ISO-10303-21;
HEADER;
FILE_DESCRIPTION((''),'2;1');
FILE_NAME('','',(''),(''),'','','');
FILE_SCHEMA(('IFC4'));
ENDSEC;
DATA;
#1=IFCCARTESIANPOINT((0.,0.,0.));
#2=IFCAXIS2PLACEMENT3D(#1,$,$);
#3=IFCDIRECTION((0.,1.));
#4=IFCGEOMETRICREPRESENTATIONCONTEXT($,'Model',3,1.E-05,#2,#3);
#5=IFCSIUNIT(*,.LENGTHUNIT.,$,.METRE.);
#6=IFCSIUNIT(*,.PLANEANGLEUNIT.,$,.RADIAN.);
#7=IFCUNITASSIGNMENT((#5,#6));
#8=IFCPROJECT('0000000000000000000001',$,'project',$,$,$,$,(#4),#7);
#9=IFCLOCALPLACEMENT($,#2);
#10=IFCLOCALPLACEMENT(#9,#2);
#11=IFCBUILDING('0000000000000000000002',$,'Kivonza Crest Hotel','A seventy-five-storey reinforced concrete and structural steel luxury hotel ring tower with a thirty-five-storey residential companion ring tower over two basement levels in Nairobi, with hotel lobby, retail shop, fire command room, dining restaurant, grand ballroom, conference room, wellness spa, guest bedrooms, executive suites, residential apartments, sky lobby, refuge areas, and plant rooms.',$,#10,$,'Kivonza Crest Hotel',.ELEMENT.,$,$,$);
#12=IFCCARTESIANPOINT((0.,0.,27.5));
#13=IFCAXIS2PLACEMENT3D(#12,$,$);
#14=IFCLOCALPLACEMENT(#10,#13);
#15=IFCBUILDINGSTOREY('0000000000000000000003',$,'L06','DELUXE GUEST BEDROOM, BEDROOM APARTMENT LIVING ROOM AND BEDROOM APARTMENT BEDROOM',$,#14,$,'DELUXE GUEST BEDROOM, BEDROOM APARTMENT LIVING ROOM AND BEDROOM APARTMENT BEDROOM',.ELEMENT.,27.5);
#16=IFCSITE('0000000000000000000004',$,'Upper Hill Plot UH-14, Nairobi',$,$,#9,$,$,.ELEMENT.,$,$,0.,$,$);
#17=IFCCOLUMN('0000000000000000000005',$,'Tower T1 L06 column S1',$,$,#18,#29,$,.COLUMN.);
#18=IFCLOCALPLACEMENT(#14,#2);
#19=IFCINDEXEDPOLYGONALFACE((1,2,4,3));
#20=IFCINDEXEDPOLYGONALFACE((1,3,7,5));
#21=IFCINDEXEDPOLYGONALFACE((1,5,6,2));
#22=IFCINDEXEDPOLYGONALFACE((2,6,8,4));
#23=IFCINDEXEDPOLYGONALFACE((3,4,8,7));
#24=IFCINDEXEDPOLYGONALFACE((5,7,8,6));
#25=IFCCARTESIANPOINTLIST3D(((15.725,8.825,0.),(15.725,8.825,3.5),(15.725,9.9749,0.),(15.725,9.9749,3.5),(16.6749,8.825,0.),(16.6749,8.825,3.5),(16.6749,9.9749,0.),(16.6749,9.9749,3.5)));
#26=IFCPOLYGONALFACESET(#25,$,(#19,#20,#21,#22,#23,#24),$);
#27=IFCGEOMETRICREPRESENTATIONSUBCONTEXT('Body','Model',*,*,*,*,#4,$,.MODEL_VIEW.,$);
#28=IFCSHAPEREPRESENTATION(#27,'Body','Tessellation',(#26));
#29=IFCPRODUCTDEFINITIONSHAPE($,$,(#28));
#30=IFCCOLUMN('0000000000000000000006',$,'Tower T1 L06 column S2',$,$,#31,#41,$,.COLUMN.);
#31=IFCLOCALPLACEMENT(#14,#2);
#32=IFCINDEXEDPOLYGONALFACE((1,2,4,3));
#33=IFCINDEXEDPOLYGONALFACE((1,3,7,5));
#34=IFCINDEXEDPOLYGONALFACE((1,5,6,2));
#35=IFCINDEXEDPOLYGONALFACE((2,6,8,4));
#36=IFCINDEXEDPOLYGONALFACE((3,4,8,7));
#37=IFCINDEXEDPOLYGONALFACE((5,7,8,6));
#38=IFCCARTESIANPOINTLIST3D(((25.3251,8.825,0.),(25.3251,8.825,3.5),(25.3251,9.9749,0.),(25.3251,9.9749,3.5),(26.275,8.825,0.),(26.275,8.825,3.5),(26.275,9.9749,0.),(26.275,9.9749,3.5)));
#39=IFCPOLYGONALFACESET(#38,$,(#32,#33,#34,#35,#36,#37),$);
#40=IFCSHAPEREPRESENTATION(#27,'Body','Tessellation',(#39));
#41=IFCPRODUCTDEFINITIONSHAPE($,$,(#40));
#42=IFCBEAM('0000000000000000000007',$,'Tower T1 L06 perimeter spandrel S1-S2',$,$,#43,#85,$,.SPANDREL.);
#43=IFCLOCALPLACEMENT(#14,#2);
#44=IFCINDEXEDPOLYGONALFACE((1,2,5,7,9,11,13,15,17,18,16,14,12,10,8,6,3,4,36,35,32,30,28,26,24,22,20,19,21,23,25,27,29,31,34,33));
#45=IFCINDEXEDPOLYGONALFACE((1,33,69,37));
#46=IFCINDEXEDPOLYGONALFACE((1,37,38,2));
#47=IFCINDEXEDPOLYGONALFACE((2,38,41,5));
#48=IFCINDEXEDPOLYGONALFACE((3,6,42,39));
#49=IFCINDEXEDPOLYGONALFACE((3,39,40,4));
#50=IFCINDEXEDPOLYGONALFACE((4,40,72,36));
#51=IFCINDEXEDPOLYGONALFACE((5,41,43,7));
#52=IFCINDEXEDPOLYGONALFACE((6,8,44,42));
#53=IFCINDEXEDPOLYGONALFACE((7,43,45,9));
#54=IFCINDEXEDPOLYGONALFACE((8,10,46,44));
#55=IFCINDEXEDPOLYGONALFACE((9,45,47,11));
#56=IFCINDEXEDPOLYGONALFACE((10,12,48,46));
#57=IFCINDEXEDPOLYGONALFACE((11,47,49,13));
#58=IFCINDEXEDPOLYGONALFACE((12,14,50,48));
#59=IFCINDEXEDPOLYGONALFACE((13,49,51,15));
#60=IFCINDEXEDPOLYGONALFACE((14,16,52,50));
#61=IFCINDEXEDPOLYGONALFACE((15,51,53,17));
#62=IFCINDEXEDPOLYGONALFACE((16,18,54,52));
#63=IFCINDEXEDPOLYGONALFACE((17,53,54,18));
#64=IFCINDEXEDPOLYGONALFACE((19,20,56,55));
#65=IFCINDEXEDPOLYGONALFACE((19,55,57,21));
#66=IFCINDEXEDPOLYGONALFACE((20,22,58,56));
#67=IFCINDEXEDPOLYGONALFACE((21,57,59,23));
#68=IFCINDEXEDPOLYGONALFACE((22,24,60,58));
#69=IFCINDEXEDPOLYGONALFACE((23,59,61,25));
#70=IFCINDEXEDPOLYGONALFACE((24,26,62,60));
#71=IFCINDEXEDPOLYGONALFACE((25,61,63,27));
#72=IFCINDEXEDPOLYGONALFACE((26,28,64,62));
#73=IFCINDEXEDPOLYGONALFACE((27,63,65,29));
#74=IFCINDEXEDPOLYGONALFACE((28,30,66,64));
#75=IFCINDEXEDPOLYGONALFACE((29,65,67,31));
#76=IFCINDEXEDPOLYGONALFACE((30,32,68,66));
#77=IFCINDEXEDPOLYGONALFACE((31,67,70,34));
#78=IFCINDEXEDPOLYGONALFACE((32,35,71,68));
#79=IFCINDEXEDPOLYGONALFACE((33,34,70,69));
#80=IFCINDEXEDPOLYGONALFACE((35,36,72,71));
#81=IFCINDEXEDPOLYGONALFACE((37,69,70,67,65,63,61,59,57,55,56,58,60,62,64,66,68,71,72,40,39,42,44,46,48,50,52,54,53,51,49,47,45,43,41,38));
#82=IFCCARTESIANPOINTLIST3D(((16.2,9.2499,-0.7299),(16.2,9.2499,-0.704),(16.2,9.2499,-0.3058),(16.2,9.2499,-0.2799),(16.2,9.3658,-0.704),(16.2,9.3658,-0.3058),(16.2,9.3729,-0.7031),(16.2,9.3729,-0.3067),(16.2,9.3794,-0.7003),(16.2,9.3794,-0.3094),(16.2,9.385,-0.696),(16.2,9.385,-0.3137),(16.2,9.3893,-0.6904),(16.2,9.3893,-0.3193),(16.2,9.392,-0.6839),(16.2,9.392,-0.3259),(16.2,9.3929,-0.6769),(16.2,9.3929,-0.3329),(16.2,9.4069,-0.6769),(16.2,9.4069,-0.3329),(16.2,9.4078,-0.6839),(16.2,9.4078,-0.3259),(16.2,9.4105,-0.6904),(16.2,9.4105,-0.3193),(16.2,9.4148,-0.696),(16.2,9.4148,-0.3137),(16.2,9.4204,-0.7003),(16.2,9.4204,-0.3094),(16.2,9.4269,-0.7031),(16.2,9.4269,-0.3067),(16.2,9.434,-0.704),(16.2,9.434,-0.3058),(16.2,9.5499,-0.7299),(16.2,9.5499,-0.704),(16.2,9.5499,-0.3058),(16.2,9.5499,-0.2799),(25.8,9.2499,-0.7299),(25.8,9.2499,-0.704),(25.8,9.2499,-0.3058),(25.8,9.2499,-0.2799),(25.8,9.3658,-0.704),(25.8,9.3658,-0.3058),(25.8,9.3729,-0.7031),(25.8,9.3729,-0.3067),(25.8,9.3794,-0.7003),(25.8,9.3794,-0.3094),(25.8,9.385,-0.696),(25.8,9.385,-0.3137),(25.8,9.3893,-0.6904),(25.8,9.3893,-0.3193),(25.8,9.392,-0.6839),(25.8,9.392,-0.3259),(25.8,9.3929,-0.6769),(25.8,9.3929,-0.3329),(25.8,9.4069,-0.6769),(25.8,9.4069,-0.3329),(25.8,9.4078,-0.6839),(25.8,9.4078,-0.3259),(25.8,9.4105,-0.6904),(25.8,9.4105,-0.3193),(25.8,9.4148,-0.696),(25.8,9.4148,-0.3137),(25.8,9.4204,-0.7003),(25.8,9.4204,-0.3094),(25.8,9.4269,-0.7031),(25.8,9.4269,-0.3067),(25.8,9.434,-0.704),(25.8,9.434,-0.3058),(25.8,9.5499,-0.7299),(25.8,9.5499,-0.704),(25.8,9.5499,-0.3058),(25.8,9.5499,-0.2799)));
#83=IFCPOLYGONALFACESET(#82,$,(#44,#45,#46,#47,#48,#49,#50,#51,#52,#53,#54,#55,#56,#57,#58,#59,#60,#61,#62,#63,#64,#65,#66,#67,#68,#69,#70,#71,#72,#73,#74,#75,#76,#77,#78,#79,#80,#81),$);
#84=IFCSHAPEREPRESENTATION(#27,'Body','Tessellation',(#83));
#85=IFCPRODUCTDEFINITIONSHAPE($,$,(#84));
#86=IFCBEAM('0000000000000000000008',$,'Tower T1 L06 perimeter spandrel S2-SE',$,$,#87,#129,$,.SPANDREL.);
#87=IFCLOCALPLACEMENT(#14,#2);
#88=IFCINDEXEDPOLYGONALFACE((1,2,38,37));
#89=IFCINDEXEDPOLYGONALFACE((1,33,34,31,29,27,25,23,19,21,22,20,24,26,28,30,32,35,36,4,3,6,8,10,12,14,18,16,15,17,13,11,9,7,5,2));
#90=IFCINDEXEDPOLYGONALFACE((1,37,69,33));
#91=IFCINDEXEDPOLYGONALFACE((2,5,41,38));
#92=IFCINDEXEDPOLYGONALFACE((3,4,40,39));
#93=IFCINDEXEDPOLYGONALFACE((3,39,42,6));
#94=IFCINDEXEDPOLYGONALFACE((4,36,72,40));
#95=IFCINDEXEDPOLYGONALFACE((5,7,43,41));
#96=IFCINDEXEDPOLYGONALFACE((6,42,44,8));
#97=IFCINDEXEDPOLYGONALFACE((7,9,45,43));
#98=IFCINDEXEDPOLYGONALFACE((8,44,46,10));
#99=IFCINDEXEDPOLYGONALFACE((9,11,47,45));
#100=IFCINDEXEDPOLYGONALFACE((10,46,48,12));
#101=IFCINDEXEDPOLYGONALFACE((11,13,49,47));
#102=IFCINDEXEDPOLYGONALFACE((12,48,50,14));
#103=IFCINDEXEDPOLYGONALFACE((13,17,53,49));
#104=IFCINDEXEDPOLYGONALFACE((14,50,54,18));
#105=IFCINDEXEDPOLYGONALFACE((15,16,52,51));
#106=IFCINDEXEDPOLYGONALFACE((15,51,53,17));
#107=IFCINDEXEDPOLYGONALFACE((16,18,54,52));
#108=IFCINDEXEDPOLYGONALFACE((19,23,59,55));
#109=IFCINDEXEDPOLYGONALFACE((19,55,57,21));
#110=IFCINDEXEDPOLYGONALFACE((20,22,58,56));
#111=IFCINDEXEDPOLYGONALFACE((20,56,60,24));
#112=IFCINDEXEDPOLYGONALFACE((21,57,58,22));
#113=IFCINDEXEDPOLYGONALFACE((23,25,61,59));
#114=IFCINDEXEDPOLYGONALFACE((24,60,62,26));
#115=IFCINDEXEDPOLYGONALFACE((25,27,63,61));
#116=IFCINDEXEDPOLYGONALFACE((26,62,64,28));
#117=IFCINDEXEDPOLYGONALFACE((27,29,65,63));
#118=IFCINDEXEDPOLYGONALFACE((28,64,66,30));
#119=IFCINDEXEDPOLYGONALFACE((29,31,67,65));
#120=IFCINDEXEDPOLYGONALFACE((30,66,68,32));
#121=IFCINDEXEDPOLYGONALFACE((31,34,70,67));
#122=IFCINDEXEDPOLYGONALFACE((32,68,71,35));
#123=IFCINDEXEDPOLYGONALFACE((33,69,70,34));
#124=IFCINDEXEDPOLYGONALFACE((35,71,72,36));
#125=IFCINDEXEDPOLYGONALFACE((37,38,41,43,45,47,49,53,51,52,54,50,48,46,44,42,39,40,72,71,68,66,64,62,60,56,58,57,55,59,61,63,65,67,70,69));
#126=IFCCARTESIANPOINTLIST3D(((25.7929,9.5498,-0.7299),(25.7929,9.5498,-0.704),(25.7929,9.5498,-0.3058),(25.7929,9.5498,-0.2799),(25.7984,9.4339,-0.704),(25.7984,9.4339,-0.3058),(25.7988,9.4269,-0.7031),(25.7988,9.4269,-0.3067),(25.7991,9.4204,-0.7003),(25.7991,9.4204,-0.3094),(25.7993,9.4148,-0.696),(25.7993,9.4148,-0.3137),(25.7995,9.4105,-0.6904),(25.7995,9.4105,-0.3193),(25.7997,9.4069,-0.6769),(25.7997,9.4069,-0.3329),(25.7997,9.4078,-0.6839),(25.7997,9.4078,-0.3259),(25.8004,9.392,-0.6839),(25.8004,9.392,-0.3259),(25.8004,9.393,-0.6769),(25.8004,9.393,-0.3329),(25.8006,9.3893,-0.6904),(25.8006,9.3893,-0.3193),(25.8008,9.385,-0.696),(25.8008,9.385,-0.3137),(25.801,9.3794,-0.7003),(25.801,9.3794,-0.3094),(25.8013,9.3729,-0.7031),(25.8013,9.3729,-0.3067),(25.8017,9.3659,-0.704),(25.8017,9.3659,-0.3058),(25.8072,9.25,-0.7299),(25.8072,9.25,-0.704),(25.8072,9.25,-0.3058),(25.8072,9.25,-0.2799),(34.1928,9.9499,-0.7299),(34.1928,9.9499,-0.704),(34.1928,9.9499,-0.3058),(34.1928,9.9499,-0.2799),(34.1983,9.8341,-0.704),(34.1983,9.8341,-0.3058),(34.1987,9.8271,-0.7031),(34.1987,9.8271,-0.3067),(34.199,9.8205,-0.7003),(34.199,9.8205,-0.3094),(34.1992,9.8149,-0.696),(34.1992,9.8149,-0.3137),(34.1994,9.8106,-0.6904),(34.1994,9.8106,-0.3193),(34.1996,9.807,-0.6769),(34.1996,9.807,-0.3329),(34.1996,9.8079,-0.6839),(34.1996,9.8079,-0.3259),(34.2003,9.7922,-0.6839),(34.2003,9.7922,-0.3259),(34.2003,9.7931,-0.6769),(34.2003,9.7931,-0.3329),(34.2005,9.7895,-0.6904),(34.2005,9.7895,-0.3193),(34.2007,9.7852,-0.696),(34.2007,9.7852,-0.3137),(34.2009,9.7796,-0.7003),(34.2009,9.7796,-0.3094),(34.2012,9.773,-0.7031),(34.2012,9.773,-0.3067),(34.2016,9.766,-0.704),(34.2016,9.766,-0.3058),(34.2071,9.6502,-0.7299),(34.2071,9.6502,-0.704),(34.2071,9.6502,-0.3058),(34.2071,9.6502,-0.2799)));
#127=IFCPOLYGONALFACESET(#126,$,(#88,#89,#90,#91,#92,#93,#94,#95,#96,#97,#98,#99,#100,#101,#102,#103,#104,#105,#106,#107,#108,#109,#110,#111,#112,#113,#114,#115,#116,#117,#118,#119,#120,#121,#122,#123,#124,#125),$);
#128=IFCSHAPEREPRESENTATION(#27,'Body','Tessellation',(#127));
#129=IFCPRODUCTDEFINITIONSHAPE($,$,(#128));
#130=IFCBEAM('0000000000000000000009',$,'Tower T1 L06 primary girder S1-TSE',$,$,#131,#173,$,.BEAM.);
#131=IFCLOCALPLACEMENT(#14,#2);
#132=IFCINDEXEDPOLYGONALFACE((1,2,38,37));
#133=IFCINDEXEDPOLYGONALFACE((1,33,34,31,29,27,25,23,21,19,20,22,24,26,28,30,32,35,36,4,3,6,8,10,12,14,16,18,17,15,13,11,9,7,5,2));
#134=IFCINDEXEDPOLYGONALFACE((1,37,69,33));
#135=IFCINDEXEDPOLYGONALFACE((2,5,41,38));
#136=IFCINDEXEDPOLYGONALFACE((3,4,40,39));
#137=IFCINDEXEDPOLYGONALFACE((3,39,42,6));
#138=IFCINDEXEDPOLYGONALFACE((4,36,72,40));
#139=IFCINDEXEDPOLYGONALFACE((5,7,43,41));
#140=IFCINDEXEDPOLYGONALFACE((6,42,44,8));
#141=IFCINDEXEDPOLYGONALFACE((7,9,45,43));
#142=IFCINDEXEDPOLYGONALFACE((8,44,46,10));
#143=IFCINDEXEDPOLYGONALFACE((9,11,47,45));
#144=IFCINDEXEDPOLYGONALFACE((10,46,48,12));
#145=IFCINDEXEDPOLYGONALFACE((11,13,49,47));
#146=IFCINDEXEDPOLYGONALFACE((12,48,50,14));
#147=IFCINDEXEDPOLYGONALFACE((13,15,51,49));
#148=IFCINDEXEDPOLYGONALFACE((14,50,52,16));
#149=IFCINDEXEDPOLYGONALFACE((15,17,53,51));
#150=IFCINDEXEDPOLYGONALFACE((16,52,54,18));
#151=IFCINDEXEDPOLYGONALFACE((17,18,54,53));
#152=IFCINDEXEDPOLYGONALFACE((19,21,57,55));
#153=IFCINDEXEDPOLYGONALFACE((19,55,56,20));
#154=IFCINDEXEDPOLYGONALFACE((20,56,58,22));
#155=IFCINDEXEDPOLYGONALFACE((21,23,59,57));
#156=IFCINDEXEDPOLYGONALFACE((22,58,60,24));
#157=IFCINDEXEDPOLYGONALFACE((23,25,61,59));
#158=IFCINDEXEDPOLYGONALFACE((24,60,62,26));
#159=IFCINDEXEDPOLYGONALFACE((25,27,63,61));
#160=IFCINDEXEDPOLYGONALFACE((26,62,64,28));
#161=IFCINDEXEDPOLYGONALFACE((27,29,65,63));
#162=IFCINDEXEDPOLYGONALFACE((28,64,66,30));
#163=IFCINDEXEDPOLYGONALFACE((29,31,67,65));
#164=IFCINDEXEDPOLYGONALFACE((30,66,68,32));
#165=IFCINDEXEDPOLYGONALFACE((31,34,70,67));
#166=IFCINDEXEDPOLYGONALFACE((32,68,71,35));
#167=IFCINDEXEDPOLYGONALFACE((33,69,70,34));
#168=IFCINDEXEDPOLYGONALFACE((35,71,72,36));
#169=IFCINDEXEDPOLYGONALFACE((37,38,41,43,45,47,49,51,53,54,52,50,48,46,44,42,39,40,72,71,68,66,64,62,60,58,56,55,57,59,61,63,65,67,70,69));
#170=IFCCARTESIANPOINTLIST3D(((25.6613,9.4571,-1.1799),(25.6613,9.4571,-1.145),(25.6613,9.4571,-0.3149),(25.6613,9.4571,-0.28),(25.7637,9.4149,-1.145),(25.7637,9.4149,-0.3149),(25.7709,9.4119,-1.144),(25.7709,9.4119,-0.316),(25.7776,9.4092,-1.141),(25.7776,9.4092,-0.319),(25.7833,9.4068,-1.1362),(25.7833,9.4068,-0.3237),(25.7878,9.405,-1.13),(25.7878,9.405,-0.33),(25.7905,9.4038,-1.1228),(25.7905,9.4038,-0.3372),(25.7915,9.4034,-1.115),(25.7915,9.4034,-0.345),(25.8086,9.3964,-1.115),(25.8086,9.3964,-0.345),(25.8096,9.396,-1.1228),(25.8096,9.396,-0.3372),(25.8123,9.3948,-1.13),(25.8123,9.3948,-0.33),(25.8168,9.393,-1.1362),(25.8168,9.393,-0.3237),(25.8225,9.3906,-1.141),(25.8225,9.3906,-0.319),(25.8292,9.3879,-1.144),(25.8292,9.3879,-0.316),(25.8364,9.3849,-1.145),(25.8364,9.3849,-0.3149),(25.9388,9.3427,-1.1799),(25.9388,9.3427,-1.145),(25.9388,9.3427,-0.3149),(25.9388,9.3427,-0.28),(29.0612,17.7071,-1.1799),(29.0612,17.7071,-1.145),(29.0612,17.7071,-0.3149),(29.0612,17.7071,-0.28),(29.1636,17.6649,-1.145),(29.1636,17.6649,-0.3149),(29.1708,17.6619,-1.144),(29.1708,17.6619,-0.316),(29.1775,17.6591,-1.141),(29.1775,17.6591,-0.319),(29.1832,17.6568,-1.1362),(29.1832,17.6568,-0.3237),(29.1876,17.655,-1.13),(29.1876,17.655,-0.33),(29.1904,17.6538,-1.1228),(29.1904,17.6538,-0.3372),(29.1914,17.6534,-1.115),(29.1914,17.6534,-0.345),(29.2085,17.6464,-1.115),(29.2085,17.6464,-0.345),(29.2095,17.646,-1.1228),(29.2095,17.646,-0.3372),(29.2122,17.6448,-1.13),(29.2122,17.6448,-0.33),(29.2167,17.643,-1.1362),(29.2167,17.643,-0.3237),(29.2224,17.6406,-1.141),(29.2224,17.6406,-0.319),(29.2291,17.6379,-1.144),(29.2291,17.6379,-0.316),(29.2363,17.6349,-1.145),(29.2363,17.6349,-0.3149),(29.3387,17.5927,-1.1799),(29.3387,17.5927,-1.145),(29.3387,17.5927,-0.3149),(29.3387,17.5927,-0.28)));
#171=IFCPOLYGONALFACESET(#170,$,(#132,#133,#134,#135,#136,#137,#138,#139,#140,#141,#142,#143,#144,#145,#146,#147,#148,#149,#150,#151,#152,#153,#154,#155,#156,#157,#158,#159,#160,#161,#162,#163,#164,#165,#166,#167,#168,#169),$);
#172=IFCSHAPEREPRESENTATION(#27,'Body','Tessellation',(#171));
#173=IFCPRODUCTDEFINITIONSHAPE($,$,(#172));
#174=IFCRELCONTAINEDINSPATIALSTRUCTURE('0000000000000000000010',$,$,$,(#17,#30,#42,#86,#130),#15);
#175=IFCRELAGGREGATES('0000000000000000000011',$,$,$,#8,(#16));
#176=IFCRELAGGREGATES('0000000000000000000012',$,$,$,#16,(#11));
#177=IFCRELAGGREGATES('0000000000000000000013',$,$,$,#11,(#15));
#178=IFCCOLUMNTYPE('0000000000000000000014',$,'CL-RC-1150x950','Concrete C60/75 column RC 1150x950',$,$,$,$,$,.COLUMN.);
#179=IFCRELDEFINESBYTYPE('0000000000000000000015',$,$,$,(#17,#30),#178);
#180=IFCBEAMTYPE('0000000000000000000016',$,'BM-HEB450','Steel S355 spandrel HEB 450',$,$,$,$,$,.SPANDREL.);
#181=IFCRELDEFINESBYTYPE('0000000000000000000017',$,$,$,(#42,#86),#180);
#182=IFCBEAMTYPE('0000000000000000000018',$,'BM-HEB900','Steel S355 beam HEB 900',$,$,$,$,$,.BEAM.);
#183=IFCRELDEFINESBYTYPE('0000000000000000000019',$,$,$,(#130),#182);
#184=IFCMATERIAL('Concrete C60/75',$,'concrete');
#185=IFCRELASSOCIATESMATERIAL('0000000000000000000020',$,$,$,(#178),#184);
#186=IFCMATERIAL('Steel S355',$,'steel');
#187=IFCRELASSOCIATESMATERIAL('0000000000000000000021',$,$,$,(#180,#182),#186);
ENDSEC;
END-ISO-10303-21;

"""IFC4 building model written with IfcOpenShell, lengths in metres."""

from ifc_helpers import new_model, si_unit, direction, frame, origin, origin_2d, place, context, subcontext, project, spatial, rectangle, i_section, extrude, material, material_profile, profile_set, type_object, element, save


model = new_model("IFC4")

# Units and contexts
model_context = context("Model", 3, precision=1e-05, world=origin(), true_north=direction((0.0, 1.0)))
body_context = subcontext(model_context, "Body", "Model", "MODEL_VIEW")
ifc_project = project(units=[si_unit("LENGTHUNIT", "METRE"), si_unit("PLANEANGLEUNIT", "RADIAN")], contexts=[model_context])

# Site, building, storey
site_placement = place(None, origin())
site = spatial("IfcSite", under=ifc_project, at=site_placement, Name="Upper Hill Plot UH-14, Nairobi", CompositionType="ELEMENT", RefElevation=0.0)
building_placement = place(site_placement, origin())
building = spatial("IfcBuilding", under=site, at=building_placement, Name="Kivonza Crest Hotel", Description="A seventy-five-storey reinforced concrete and structural steel luxury hotel ring tower with a thirty-five-storey residential companion ring tower over two basement levels in Nairobi, with hotel lobby, retail shop, fire command room, dining restaurant, grand ballroom, conference room, wellness spa, guest bedrooms, executive suites, residential apartments, sky lobby, refuge areas, and plant rooms.", LongName="Kivonza Crest Hotel", CompositionType="ELEMENT")
storey_placement = place(building_placement, frame((0.0, 0.0, 27.5)))
storey = spatial("IfcBuildingStorey", under=building, at=storey_placement, Name="L06", Description="DELUXE GUEST BEDROOM, BEDROOM APARTMENT LIVING ROOM AND BEDROOM APARTMENT BEDROOM", LongName="DELUXE GUEST BEDROOM, BEDROOM APARTMENT LIVING ROOM AND BEDROOM APARTMENT BEDROOM", CompositionType="ELEMENT", Elevation=27.5)

# Columns
ifc_material_1 = material(Name="Concrete C60/75", Category="concrete")
ifc_material_profile_1 = material_profile(ifc_material_1, rectangle(XDim=0.95, YDim=1.1499, at=origin_2d()), Name="RC 1150x950")
ifc_profile_set_1 = profile_set([ifc_material_profile_1], Name="Concrete C60/75")
column_type = type_object("IfcColumnType", Name="CL-RC-1150x950", Description="Concrete C60/75 column RC 1150x950", PredefinedType="COLUMN", material=ifc_profile_set_1)
for number, where, z_axis, x_axis, name in (
    (1, (16.2, 9.3999, 0.0), (0.0, 0.0, 1.0), (1.0, 0.0, 0.0), "Tower T1 L06 column S1"),
    (2, (25.8, 9.3999, 0.0), (0.0, 0.0, 1.0), (1.0, 0.0, 0.0), "Tower T1 L06 column S2"),
):
    element("IfcColumn", number, at=place(storey_placement, frame(where, z_axis=z_axis, x_axis=x_axis)), inside=storey, type_object=column_type, Name=name, PredefinedType="COLUMN", context=body_context, shape_type="SweptSolid", body=[
        extrude(rectangle(XDim=0.95, YDim=1.1499, at=origin_2d()), origin(), (0.0, 0.0, 1.0), 3.5),
    ])

# Beams
ifc_material_2 = material(Name="Steel S355", Category="steel")
ifc_material_profile_2 = material_profile(ifc_material_2, i_section(OverallWidth=0.3, OverallDepth=0.45, WebThickness=0.0139, FlangeThickness=0.0259, FilletRadius=0.0271, at=origin_2d()), Name="HEB 450")
ifc_profile_set_2 = profile_set([ifc_material_profile_2], Name="Steel S355")
beam_type_1 = type_object("IfcBeamType", Name="BM-HEB450", Description="Steel S355 spandrel HEB 450", PredefinedType="SPANDREL", material=ifc_profile_set_2)
beam_1_placement = place(storey_placement, frame((16.2, 9.3999, -0.5049), z_axis=(1.0, 0.0, 0.0), x_axis=(0.0, 1.0, 0.0)))
element("IfcBeam", 3, at=beam_1_placement, inside=storey, type_object=beam_type_1, Name="Tower T1 L06 perimeter spandrel S1-S2", PredefinedType="SPANDREL", context=body_context, shape_type="SweptSolid", body=[
    extrude(i_section(OverallWidth=0.3, OverallDepth=0.45, WebThickness=0.0139, FlangeThickness=0.0259, FilletRadius=0.0271, at=origin_2d()), origin(), (0.0, 0.0, 1.0), 9.6001),
])
beam_2_placement = place(storey_placement, frame((25.8, 9.3999, -0.5049), z_axis=(0.998867, 0.047583, 0.0), x_axis=(-0.047583, 0.998867, 0.0)))
element("IfcBeam", 4, at=beam_2_placement, inside=storey, type_object=beam_type_1, Name="Tower T1 L06 perimeter spandrel S2-SE", PredefinedType="SPANDREL", context=body_context, shape_type="SweptSolid", body=[
    extrude(i_section(OverallWidth=0.3, OverallDepth=0.45, WebThickness=0.0139, FlangeThickness=0.0259, FilletRadius=0.0271, at=origin_2d()), origin(), (0.0, 0.0, 1.0), 8.4094),
])
ifc_material_profile_3 = material_profile(ifc_material_2, i_section(OverallWidth=0.3, OverallDepth=0.8999, WebThickness=0.0186, FlangeThickness=0.0349, FilletRadius=0.03, at=origin_2d()), Name="HEB 900")
ifc_profile_set_3 = profile_set([ifc_material_profile_3], Name="Steel S355")
beam_type_2 = type_object("IfcBeamType", Name="BM-HEB900", Description="Steel S355 beam HEB 900", PredefinedType="BEAM", material=ifc_profile_set_3)
beam_3_placement = place(storey_placement, frame((25.8, 9.3999, -0.73), z_axis=(0.381022, 0.924566, 0.0), x_axis=(-0.924566, 0.381022, 0.0)))
element("IfcBeam", 5, at=beam_3_placement, inside=storey, type_object=beam_type_2, Name="Tower T1 L06 primary girder S1-TSE", PredefinedType="BEAM", context=body_context, shape_type="SweptSolid", body=[
    extrude(i_section(OverallWidth=0.3, OverallDepth=0.8999, WebThickness=0.0186, FlangeThickness=0.0349, FilletRadius=0.03, at=origin_2d()), origin(), (0.0, 0.0, 1.0), 8.9231),
])

save(model, "model.ifc")
